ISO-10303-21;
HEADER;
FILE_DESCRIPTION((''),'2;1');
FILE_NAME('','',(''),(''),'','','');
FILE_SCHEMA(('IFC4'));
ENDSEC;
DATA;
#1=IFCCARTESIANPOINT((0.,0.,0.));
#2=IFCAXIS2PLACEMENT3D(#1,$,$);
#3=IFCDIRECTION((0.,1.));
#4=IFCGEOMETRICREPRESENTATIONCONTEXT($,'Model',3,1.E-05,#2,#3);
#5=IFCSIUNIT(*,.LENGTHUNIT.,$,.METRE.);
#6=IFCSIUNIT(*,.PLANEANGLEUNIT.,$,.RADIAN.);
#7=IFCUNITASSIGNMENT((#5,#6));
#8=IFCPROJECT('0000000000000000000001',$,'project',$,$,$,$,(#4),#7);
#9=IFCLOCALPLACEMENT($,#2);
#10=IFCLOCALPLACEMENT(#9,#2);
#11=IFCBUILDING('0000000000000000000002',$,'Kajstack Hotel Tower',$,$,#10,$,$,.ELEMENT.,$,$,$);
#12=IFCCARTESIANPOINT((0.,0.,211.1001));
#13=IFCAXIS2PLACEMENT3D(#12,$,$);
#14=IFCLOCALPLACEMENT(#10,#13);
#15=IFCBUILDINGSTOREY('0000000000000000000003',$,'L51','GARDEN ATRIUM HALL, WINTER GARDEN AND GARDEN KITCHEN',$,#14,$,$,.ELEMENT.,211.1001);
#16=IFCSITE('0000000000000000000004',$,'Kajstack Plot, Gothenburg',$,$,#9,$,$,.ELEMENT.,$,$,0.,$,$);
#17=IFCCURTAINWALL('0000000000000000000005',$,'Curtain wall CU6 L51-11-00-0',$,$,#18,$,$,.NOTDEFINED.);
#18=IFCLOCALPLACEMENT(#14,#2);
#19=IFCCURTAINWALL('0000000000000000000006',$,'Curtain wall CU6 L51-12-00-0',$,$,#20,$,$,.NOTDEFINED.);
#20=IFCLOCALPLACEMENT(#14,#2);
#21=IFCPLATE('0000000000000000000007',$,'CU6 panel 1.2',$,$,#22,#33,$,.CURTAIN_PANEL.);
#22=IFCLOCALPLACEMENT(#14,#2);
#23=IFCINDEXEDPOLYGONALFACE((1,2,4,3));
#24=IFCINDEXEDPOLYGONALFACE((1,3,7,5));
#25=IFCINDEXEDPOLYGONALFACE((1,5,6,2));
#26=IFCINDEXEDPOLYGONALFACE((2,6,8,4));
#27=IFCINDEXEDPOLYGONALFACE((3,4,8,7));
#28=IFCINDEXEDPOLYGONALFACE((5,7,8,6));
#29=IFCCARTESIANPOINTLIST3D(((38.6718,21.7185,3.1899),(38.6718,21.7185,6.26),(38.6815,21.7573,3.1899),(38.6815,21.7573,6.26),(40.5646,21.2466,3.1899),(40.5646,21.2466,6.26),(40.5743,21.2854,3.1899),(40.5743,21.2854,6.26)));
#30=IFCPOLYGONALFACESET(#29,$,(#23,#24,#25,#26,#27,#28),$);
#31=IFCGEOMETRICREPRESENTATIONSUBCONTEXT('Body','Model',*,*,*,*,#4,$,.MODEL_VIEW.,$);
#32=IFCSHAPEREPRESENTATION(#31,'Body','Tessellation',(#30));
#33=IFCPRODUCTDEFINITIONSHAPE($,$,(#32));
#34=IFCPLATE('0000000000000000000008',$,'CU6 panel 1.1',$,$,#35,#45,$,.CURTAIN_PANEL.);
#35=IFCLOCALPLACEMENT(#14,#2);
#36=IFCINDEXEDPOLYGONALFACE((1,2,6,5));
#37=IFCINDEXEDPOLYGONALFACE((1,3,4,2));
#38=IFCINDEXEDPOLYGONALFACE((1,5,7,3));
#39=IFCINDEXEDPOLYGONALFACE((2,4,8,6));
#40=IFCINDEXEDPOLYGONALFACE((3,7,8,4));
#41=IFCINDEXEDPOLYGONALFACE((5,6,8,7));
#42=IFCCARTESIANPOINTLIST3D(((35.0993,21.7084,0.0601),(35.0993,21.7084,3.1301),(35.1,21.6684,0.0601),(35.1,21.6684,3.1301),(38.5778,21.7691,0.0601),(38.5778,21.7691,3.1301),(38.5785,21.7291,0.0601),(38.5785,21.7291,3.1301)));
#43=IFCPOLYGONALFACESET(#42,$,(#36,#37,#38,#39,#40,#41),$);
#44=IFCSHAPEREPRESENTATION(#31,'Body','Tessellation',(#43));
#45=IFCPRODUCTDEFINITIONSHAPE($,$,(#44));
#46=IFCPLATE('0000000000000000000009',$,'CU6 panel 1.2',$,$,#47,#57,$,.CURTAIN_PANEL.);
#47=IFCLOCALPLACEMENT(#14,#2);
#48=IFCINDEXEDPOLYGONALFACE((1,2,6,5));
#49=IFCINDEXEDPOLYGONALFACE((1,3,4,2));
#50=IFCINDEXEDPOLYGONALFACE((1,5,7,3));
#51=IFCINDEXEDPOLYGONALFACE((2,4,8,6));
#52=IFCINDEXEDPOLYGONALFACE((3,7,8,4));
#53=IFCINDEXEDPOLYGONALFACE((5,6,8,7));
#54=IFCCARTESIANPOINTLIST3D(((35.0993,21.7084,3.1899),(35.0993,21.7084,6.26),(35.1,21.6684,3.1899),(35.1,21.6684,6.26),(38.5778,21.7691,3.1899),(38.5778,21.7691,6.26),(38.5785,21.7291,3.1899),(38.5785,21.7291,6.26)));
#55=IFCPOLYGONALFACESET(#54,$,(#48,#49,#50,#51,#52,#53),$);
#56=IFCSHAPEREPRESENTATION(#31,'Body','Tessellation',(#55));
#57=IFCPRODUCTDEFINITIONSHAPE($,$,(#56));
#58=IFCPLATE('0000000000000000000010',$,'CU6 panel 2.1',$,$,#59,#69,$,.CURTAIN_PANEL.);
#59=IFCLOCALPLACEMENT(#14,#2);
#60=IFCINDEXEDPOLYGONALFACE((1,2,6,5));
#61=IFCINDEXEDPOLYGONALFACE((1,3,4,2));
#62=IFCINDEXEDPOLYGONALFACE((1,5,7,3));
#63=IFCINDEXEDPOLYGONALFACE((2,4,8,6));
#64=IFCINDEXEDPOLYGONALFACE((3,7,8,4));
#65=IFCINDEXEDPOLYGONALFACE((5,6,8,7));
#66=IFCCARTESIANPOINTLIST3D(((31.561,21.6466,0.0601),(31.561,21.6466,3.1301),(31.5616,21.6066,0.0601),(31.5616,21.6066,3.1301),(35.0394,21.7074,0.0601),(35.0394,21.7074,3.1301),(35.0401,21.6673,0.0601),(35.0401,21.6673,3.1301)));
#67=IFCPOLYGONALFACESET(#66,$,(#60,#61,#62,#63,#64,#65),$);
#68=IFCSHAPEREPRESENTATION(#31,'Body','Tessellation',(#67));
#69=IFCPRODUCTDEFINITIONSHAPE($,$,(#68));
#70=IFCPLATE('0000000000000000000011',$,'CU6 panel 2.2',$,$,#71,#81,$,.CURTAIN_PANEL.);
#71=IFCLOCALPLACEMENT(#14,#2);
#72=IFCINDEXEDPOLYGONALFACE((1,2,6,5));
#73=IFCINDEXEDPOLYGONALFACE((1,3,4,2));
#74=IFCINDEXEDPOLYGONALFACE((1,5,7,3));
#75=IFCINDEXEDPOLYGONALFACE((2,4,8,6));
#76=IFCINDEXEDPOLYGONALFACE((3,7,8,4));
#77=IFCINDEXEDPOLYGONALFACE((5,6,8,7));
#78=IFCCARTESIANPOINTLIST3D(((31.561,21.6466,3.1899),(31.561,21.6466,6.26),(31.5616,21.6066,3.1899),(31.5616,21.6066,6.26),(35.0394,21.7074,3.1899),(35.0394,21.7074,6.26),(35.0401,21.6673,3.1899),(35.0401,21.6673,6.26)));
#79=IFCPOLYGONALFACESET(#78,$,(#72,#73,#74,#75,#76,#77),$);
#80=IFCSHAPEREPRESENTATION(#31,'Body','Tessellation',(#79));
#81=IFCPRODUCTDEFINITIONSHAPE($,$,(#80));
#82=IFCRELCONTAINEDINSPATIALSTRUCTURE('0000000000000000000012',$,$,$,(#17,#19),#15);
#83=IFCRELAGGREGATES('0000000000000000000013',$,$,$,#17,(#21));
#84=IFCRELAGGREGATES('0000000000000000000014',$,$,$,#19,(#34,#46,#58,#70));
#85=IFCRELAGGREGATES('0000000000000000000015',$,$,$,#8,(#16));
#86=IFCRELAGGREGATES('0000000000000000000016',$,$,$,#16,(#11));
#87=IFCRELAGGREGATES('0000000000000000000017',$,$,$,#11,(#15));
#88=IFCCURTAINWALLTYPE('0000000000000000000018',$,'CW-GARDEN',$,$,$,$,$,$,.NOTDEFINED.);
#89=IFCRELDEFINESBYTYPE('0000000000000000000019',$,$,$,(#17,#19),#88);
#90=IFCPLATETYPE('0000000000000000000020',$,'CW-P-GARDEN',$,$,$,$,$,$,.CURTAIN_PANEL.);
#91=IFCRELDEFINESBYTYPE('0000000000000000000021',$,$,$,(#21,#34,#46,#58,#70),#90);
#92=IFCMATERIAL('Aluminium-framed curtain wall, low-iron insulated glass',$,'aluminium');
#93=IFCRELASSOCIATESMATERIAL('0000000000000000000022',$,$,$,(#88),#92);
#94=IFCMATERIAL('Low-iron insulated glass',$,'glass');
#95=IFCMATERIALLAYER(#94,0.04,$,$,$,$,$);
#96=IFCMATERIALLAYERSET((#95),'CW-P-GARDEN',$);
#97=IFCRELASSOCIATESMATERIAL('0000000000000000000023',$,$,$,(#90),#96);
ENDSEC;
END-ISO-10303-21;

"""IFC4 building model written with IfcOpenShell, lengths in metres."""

from ifc_helpers import new_model, si_unit, direction, frame, origin, origin_2d, place, context, subcontext, project, spatial, rectangle, extrude, material, layer, layer_set, type_object, element, aggregate, save


model = new_model("IFC4")

# Units and contexts
model_context = context("Model", 3, precision=1e-05, world=origin(), true_north=direction((0.0, 1.0)))
body_context = subcontext(model_context, "Body", "Model", "MODEL_VIEW")
ifc_project = project(units=[si_unit("LENGTHUNIT", "METRE"), si_unit("PLANEANGLEUNIT", "RADIAN")], contexts=[model_context])

# Site, building, storey
site_placement = place(None, origin())
site = spatial("IfcSite", under=ifc_project, at=site_placement, Name="Kajstack Plot, Gothenburg", CompositionType="ELEMENT", RefElevation=0.0)
building_placement = place(site_placement, origin())
building = spatial("IfcBuilding", under=site, at=building_placement, Name="Kajstack Hotel Tower", CompositionType="ELEMENT")
storey_placement = place(building_placement, frame((0.0, 0.0, 211.1001)))
storey = spatial("IfcBuildingStorey", under=building, at=storey_placement, Name="L51", Description="GARDEN ATRIUM HALL, WINTER GARDEN AND GARDEN KITCHEN", CompositionType="ELEMENT", Elevation=211.1001)

# Curtain walls
ifc_material_1 = material(Name="Aluminium-framed curtain wall, low-iron insulated glass", Category="aluminium")
curtain_wall_type = type_object("IfcCurtainWallType", Name="CW-GARDEN", PredefinedType="NOTDEFINED", material=ifc_material_1)
curtain_wall_1_placement = place(storey_placement, origin())
curtain_wall_1 = element("IfcCurtainWall", 1, at=curtain_wall_1_placement, inside=storey, type_object=curtain_wall_type, Name="Curtain wall CU6 L51-11-00-0", PredefinedType="NOTDEFINED")
curtain_wall_2_placement = place(storey_placement, origin())
curtain_wall_2 = element("IfcCurtainWall", 2, at=curtain_wall_2_placement, inside=storey, type_object=curtain_wall_type, Name="Curtain wall CU6 L51-12-00-0", PredefinedType="NOTDEFINED")

# Plates
ifc_material_2 = material(Name="Low-iron insulated glass", Category="glass")
ifc_layer = layer(ifc_material_2, 0.04)
ifc_layer_set = layer_set([ifc_layer], Name="CW-P-GARDEN")
plate_type = type_object("IfcPlateType", Name="CW-P-GARDEN", PredefinedType="CURTAIN_PANEL", material=ifc_layer_set)
plate_1_placement = place(storey_placement, frame((39.623, 21.502, 3.1899), z_axis=(0.0, 0.0, 1.0), x_axis=(-0.970299, 0.241911, 0.0)))
plate_1 = element("IfcPlate", 3, at=plate_1_placement, type_object=plate_type, Name="CU6 panel 1.2", PredefinedType="CURTAIN_PANEL", context=body_context, shape_type="SweptSolid", body=[
    extrude(rectangle(XDim=1.9507, YDim=0.04, at=origin_2d()), origin(), (0.0, 0.0, 1.0), 3.0701),
])
aggregate(curtain_wall_1, [plate_1])
plate_2_placement = place(storey_placement, frame((36.8389, 21.7188, 0.0601), z_axis=(0.0, 0.0, 1.0), x_axis=(-0.999848, -0.017453, 0.0)))
plate_2 = element("IfcPlate", 4, at=plate_2_placement, type_object=plate_type, Name="CU6 panel 1.1", PredefinedType="CURTAIN_PANEL", context=body_context, shape_type="SweptSolid", body=[
    extrude(rectangle(XDim=3.479, YDim=0.04, at=origin_2d()), origin(), (0.0, 0.0, 1.0), 3.0701),
])
plate_3_placement = place(storey_placement, frame((36.8389, 21.7188, 3.1899), z_axis=(0.0, 0.0, 1.0), x_axis=(-0.999848, -0.017453, 0.0)))
plate_3 = element("IfcPlate", 5, at=plate_3_placement, type_object=plate_type, Name="CU6 panel 1.2", PredefinedType="CURTAIN_PANEL", context=body_context, shape_type="SweptSolid", body=[
    extrude(rectangle(XDim=3.479, YDim=0.04, at=origin_2d()), origin(), (0.0, 0.0, 1.0), 3.0701),
])
plate_4_placement = place(storey_placement, frame((33.3005, 21.657, 0.0601), z_axis=(0.0, 0.0, 1.0), x_axis=(-0.999848, -0.017453, 0.0)))
plate_4 = element("IfcPlate", 6, at=plate_4_placement, type_object=plate_type, Name="CU6 panel 2.1", PredefinedType="CURTAIN_PANEL", context=body_context, shape_type="SweptSolid", body=[
    extrude(rectangle(XDim=3.479, YDim=0.04, at=origin_2d()), origin(), (0.0, 0.0, 1.0), 3.0701),
])
plate_5_placement = place(storey_placement, frame((33.3005, 21.657, 3.1899), z_axis=(0.0, 0.0, 1.0), x_axis=(-0.999848, -0.017453, 0.0)))
plate_5 = element("IfcPlate", 7, at=plate_5_placement, type_object=plate_type, Name="CU6 panel 2.2", PredefinedType="CURTAIN_PANEL", context=body_context, shape_type="SweptSolid", body=[
    extrude(rectangle(XDim=3.479, YDim=0.04, at=origin_2d()), origin(), (0.0, 0.0, 1.0), 3.0701),
])
aggregate(curtain_wall_2, [plate_2, plate_3, plate_4, plate_5])

save(model, "model.ifc")
